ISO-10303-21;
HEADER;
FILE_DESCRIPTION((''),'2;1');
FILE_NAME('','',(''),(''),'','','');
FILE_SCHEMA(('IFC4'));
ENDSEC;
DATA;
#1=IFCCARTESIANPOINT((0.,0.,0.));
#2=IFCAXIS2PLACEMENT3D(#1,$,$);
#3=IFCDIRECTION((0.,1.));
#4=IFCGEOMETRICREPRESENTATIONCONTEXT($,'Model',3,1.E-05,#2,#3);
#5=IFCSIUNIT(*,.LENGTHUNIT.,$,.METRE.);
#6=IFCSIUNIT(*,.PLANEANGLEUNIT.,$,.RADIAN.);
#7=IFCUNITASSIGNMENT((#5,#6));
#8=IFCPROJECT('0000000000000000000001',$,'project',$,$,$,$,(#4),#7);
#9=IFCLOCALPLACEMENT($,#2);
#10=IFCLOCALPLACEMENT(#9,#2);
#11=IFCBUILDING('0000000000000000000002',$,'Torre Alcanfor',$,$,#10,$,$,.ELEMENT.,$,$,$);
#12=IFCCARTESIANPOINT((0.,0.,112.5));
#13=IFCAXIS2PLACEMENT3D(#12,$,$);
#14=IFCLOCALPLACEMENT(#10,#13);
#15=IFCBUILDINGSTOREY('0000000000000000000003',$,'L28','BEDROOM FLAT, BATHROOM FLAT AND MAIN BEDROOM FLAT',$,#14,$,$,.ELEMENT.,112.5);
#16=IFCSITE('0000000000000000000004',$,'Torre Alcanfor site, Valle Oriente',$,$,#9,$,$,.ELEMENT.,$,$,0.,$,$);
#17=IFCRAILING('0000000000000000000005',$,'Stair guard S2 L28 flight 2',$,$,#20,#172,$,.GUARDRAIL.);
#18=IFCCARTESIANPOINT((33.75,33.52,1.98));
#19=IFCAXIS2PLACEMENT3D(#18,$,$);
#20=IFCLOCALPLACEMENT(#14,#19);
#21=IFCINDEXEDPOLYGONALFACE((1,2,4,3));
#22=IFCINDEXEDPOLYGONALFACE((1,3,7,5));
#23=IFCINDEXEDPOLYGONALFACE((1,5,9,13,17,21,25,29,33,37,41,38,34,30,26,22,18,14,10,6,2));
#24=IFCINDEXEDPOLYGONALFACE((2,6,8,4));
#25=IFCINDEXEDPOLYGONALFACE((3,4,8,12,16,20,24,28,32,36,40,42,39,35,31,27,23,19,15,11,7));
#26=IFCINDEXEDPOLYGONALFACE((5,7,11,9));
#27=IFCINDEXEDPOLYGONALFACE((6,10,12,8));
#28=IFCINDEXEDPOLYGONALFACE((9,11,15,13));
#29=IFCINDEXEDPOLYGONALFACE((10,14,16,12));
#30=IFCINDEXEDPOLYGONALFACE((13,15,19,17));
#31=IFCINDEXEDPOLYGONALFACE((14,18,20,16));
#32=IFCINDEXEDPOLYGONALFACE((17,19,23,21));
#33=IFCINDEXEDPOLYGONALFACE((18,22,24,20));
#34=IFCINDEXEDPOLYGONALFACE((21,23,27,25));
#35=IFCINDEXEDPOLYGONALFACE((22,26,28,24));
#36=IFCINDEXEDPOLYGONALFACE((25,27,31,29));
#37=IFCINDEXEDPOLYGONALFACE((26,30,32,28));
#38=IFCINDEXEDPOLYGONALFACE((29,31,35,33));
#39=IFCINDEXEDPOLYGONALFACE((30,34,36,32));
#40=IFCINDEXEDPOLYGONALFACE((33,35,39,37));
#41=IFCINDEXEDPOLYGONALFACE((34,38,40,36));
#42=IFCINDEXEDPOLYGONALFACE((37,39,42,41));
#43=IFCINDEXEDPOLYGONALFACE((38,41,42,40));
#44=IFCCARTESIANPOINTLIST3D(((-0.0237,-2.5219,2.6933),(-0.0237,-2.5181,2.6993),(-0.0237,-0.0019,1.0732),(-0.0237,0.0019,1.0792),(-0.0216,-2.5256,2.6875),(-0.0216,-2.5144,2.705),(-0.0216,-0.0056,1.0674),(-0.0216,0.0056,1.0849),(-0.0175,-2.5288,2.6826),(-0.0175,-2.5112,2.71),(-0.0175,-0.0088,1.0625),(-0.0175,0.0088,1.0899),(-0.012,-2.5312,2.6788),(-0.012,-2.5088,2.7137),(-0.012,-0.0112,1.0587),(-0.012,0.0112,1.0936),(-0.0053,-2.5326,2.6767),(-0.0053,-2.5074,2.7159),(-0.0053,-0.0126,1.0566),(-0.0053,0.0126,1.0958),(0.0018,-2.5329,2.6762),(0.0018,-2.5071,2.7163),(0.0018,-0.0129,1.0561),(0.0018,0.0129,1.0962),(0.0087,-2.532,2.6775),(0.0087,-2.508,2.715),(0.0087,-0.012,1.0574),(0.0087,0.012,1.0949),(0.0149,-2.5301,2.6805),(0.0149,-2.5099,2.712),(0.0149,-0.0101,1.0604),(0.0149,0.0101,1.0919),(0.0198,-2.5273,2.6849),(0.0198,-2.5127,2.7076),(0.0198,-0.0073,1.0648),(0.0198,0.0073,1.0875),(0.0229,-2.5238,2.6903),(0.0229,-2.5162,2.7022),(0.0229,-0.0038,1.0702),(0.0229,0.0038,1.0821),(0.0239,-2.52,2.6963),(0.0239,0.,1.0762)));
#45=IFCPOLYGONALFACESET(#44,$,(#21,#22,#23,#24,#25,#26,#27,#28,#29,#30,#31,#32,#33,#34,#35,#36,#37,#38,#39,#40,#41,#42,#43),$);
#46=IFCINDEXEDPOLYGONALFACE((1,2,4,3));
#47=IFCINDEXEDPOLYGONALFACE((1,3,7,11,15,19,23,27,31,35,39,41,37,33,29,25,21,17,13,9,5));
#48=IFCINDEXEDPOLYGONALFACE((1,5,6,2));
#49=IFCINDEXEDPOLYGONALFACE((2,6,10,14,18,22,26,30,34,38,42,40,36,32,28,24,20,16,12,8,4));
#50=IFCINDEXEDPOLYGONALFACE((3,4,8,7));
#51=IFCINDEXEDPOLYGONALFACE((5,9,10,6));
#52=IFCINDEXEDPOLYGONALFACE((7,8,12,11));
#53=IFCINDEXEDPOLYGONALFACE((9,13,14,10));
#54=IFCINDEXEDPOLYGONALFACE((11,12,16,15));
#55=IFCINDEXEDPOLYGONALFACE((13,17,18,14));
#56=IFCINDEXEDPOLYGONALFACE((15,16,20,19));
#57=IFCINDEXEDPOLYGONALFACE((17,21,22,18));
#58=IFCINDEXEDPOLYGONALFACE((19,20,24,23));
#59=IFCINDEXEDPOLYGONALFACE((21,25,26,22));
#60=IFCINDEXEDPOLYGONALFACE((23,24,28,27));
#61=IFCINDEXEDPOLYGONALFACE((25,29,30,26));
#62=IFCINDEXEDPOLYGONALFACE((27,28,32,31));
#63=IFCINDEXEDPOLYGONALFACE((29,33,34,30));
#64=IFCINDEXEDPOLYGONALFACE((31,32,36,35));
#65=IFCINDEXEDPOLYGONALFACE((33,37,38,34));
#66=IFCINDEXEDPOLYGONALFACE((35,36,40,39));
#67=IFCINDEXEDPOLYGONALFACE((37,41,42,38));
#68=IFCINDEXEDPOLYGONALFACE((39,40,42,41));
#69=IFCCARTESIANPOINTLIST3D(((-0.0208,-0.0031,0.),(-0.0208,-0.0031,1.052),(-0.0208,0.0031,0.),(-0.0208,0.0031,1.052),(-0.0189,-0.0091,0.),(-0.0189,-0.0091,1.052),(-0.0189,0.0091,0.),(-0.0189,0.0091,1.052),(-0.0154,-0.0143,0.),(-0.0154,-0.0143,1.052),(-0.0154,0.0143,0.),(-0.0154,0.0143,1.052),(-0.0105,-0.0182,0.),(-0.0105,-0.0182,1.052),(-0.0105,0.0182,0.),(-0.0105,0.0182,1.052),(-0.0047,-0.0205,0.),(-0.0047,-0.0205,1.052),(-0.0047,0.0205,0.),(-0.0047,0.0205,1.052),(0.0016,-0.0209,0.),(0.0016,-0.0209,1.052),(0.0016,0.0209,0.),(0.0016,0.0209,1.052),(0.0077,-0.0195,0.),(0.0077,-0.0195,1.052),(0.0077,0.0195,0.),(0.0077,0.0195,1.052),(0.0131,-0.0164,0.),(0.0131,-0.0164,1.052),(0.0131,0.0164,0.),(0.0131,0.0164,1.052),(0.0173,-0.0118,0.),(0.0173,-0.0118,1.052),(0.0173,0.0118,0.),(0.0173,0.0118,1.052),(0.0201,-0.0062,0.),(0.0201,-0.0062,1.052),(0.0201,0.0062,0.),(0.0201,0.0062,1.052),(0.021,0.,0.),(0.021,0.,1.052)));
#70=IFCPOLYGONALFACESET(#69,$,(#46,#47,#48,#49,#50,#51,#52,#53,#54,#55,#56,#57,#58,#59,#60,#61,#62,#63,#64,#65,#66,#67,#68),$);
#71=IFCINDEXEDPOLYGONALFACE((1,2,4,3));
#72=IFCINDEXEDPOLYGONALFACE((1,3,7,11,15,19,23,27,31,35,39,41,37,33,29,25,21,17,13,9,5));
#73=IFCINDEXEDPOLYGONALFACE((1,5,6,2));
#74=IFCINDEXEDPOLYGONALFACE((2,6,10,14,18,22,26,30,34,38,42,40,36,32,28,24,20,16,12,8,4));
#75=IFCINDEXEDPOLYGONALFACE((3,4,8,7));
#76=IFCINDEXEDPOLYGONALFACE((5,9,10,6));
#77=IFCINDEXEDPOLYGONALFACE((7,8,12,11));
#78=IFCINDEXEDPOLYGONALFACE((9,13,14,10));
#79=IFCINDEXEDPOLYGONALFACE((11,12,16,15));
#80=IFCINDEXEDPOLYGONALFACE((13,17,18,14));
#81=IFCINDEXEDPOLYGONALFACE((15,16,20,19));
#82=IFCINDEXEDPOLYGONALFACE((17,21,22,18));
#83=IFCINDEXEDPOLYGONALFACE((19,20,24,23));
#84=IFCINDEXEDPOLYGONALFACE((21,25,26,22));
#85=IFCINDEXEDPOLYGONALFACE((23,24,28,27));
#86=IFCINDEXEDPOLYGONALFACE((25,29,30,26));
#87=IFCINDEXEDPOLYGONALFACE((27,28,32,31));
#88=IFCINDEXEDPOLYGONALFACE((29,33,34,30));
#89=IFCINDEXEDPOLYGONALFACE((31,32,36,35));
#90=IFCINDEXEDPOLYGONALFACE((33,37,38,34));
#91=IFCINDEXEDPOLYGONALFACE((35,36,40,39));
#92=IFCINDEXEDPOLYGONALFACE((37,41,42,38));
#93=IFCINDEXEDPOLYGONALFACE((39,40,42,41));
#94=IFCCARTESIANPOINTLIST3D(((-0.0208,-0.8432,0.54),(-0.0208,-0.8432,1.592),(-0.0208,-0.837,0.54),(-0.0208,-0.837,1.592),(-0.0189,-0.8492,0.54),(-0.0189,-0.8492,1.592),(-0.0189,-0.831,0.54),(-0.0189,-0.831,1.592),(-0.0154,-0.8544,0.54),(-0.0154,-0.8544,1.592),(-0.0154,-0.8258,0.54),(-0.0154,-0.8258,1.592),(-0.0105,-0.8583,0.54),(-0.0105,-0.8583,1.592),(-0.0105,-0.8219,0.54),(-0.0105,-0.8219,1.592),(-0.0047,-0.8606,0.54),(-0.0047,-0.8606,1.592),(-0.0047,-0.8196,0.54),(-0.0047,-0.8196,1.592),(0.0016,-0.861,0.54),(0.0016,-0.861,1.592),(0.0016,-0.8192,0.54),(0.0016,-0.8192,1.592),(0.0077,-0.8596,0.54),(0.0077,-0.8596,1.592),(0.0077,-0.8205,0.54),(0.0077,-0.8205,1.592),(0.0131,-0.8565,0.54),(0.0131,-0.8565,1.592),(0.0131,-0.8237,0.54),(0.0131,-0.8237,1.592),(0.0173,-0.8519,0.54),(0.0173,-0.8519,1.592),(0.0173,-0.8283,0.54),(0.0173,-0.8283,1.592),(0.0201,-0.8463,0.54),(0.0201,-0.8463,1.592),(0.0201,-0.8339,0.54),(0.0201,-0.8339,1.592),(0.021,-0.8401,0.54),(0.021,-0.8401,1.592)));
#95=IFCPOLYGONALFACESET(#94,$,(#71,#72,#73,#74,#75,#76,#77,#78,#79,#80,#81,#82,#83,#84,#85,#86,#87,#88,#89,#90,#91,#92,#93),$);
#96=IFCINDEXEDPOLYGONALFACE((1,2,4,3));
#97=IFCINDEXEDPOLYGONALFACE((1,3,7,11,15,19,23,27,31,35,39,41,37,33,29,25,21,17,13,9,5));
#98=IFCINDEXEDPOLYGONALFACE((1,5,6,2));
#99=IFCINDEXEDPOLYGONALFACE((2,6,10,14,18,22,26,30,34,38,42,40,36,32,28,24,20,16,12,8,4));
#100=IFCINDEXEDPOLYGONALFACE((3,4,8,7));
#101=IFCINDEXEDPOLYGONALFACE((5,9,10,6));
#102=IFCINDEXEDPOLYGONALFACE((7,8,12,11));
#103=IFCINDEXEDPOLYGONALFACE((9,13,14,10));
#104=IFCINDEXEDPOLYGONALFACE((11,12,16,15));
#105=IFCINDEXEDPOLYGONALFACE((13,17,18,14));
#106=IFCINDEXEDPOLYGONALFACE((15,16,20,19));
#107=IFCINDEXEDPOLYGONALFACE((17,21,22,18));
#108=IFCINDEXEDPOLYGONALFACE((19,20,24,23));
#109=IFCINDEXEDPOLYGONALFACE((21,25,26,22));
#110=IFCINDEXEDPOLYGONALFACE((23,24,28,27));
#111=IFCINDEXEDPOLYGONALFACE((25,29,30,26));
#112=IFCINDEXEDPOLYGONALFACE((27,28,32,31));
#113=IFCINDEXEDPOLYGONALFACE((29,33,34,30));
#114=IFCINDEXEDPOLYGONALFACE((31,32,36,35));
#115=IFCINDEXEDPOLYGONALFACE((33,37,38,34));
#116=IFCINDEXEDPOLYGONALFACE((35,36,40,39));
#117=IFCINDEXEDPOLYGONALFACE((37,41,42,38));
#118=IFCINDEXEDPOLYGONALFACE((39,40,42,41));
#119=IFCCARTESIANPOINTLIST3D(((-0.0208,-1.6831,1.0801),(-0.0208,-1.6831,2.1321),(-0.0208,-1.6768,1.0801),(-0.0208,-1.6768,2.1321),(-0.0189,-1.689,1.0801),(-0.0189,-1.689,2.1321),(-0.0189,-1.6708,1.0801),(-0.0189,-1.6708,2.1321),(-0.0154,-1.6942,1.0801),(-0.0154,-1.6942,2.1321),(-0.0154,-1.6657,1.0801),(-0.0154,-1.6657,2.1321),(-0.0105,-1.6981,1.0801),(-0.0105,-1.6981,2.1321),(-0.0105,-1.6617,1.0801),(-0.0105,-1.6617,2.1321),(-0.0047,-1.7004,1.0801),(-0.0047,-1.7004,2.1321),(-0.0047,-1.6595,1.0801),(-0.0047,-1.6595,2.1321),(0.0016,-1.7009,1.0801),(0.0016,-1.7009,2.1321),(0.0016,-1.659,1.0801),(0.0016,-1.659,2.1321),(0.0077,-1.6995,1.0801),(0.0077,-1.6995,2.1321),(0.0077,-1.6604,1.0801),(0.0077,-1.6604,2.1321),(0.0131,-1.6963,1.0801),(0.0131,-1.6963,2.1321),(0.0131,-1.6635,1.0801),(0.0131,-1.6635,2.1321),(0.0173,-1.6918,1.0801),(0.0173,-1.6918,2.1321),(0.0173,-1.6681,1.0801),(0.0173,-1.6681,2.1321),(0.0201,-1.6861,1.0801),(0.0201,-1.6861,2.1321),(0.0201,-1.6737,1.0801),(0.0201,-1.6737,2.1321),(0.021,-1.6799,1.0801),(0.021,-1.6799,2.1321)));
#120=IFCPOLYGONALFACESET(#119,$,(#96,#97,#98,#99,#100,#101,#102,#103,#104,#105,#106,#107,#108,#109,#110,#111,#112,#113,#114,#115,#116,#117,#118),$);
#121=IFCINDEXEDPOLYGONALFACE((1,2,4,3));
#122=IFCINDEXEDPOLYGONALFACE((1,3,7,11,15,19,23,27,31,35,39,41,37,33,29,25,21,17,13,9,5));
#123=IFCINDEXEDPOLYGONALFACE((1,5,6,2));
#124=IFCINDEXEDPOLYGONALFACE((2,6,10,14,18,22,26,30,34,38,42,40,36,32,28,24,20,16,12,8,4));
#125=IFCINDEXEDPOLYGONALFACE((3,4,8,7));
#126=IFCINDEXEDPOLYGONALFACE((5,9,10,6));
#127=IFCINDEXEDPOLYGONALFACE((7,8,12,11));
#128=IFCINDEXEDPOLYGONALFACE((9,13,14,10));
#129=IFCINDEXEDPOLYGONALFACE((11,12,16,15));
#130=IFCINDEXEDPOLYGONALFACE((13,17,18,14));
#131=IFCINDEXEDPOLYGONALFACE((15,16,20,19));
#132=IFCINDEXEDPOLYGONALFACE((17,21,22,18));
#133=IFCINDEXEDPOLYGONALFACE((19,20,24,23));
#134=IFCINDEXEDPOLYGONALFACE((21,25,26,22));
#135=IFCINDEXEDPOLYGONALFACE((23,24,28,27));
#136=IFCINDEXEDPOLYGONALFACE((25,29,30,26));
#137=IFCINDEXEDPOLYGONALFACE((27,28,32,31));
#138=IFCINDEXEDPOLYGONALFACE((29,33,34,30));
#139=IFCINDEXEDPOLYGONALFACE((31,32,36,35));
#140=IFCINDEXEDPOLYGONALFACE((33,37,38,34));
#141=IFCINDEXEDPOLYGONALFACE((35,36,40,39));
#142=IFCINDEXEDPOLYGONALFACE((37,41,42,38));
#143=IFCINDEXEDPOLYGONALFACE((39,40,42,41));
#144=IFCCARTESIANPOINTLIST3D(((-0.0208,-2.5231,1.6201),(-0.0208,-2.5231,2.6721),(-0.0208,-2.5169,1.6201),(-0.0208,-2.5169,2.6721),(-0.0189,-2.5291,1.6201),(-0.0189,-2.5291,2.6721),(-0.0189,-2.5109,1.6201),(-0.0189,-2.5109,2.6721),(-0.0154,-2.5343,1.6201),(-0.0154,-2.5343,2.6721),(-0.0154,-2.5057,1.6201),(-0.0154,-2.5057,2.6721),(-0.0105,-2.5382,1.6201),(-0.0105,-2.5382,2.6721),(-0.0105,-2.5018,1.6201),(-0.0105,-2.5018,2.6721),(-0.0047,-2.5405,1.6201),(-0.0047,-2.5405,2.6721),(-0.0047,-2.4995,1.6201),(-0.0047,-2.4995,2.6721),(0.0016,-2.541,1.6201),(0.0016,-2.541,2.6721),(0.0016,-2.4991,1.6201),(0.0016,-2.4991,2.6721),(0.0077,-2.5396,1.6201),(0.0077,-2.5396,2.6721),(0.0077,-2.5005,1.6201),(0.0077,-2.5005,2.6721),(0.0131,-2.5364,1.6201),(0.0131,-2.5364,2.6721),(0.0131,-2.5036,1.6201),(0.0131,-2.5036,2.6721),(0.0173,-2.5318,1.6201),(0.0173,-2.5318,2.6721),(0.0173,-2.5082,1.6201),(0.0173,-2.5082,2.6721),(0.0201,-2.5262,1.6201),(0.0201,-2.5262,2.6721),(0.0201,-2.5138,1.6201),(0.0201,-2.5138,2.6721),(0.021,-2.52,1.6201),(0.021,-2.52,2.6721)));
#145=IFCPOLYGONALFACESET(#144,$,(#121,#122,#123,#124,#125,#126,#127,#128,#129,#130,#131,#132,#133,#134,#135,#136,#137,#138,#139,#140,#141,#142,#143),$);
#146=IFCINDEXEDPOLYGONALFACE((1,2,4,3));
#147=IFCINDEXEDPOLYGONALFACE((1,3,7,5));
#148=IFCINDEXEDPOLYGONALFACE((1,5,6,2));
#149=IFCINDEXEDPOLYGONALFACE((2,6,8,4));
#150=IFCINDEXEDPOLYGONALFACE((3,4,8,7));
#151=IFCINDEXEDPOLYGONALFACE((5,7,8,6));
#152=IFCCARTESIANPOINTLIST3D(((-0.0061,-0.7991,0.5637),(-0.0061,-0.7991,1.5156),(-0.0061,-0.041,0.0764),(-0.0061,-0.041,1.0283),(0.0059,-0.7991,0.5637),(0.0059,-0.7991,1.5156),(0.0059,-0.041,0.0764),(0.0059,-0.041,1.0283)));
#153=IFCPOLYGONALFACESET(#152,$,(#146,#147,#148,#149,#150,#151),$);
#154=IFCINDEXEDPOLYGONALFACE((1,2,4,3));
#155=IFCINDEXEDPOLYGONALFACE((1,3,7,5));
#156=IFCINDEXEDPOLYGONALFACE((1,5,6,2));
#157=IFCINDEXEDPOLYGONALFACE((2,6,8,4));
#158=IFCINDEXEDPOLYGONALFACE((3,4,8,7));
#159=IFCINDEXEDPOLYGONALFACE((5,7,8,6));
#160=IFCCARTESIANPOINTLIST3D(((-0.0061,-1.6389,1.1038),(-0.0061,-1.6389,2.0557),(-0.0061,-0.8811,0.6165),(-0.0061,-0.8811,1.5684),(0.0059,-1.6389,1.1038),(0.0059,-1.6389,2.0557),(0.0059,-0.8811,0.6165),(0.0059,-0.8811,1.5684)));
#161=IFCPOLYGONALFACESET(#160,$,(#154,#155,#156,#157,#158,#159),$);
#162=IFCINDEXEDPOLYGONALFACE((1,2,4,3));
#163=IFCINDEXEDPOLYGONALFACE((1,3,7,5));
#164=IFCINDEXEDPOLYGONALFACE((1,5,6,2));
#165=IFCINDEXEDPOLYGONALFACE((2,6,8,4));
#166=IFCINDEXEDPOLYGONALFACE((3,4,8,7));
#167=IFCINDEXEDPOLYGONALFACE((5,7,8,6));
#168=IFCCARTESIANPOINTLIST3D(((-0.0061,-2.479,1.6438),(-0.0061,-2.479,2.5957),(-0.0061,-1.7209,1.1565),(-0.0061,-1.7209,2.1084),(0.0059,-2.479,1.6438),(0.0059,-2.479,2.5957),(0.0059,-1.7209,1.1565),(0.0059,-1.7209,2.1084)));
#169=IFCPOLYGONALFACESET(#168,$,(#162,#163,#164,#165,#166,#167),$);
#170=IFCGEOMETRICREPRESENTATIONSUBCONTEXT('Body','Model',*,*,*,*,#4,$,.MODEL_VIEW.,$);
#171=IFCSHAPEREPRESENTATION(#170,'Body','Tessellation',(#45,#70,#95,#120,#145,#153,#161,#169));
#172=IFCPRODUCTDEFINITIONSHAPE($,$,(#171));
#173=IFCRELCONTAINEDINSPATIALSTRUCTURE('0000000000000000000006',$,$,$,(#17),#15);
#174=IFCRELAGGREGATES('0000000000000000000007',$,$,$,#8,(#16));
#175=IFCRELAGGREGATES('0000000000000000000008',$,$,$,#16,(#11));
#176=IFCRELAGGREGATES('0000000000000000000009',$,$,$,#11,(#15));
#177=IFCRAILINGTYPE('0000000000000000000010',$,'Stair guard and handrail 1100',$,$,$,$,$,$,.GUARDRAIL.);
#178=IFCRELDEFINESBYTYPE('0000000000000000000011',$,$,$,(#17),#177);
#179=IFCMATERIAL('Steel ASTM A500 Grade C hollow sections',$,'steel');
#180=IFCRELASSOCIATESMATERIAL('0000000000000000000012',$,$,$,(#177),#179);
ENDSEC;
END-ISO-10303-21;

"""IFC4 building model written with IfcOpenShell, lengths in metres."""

from ifc_helpers import new_model, si_unit, direction, frame, origin, origin_2d, place, context, subcontext, project, spatial, polyline, circle, outline, extrude, material, type_object, element, save


model = new_model("IFC4")

# Units and contexts
model_context = context("Model", 3, precision=1e-05, world=origin(), true_north=direction((0.0, 1.0)))
body_context = subcontext(model_context, "Body", "Model", "MODEL_VIEW")
ifc_project = project(units=[si_unit("LENGTHUNIT", "METRE"), si_unit("PLANEANGLEUNIT", "RADIAN")], contexts=[model_context])

# Site, building, storey
site_placement = place(None, origin())
site = spatial("IfcSite", under=ifc_project, at=site_placement, Name="Torre Alcanfor site, Valle Oriente", CompositionType="ELEMENT", RefElevation=0.0)
building_placement = place(site_placement, origin())
building = spatial("IfcBuilding", under=site, at=building_placement, Name="Torre Alcanfor", CompositionType="ELEMENT")
storey_placement = place(building_placement, frame((0.0, 0.0, 112.5)))
storey = spatial("IfcBuildingStorey", under=building, at=storey_placement, Name="L28", Description="BEDROOM FLAT, BATHROOM FLAT AND MAIN BEDROOM FLAT", CompositionType="ELEMENT", Elevation=112.5)

# Railing
ifc_material_1 = material(Name="Steel ASTM A500 Grade C hollow sections", Category="steel")
railing_type_1 = type_object("IfcRailingType", Name="Stair guard and handrail 1100", PredefinedType="GUARDRAIL", material=ifc_material_1)
railing_1_placement = place(storey_placement, frame((33.75, 33.52, 1.98)))
element("IfcRailing", 1, at=railing_1_placement, inside=storey, type_object=railing_type_1, Name="Stair guard S2 L28 flight 2", PredefinedType="GUARDRAIL", context=body_context, shape_type="SweptSolid", body=[
    extrude(circle(Radius=0.0239, at=origin_2d()), frame((0.0, 0.0, 1.0762), z_axis=(0.0, -0.841163, 0.540782), x_axis=(1.0, 0.0, 0.0)), (0.0, 0.0, 1.0), 2.9958),
    extrude(circle(Radius=0.021, at=origin_2d()), origin(), (0.0, 0.0, 1.0), 1.052),
    extrude(circle(Radius=0.021, at=origin_2d()), frame((0.0, -0.8401, 0.54)), (0.0, 0.0, 1.0), 1.052),
    extrude(circle(Radius=0.021, at=origin_2d()), frame((0.0, -1.6799, 1.0801)), (0.0, 0.0, 1.0), 1.052),
    extrude(circle(Radius=0.021, at=origin_2d()), frame((0.0, -2.52, 1.6201)), (0.0, 0.0, 1.0), 1.052),
    extrude(outline(polyline([(0.041, 0.0764), (0.7991, 0.5637), (0.7991, 1.5156), (0.041, 1.0283), (0.041, 0.0764)])), frame((0.0059, 0.0, 0.0), z_axis=(-1.0, 0.0, 0.0), x_axis=(0.0, -1.0, 0.0)), (0.0, 0.0, 1.0), 0.012),
    extrude(outline(polyline([(0.8811, 0.6165), (1.6389, 1.1038), (1.6389, 2.0557), (0.8811, 1.5684), (0.8811, 0.6165)])), frame((0.0059, 0.0, 0.0), z_axis=(-1.0, 0.0, 0.0), x_axis=(0.0, -1.0, 0.0)), (0.0, 0.0, 1.0), 0.012),
    extrude(outline(polyline([(1.7209, 1.1565), (2.479, 1.6438), (2.479, 2.5957), (1.7209, 2.1084), (1.7209, 1.1565)])), frame((0.0059, 0.0, 0.0), z_axis=(-1.0, 0.0, 0.0), x_axis=(0.0, -1.0, 0.0)), (0.0, 0.0, 1.0), 0.012),
])

save(model, "model.ifc")
